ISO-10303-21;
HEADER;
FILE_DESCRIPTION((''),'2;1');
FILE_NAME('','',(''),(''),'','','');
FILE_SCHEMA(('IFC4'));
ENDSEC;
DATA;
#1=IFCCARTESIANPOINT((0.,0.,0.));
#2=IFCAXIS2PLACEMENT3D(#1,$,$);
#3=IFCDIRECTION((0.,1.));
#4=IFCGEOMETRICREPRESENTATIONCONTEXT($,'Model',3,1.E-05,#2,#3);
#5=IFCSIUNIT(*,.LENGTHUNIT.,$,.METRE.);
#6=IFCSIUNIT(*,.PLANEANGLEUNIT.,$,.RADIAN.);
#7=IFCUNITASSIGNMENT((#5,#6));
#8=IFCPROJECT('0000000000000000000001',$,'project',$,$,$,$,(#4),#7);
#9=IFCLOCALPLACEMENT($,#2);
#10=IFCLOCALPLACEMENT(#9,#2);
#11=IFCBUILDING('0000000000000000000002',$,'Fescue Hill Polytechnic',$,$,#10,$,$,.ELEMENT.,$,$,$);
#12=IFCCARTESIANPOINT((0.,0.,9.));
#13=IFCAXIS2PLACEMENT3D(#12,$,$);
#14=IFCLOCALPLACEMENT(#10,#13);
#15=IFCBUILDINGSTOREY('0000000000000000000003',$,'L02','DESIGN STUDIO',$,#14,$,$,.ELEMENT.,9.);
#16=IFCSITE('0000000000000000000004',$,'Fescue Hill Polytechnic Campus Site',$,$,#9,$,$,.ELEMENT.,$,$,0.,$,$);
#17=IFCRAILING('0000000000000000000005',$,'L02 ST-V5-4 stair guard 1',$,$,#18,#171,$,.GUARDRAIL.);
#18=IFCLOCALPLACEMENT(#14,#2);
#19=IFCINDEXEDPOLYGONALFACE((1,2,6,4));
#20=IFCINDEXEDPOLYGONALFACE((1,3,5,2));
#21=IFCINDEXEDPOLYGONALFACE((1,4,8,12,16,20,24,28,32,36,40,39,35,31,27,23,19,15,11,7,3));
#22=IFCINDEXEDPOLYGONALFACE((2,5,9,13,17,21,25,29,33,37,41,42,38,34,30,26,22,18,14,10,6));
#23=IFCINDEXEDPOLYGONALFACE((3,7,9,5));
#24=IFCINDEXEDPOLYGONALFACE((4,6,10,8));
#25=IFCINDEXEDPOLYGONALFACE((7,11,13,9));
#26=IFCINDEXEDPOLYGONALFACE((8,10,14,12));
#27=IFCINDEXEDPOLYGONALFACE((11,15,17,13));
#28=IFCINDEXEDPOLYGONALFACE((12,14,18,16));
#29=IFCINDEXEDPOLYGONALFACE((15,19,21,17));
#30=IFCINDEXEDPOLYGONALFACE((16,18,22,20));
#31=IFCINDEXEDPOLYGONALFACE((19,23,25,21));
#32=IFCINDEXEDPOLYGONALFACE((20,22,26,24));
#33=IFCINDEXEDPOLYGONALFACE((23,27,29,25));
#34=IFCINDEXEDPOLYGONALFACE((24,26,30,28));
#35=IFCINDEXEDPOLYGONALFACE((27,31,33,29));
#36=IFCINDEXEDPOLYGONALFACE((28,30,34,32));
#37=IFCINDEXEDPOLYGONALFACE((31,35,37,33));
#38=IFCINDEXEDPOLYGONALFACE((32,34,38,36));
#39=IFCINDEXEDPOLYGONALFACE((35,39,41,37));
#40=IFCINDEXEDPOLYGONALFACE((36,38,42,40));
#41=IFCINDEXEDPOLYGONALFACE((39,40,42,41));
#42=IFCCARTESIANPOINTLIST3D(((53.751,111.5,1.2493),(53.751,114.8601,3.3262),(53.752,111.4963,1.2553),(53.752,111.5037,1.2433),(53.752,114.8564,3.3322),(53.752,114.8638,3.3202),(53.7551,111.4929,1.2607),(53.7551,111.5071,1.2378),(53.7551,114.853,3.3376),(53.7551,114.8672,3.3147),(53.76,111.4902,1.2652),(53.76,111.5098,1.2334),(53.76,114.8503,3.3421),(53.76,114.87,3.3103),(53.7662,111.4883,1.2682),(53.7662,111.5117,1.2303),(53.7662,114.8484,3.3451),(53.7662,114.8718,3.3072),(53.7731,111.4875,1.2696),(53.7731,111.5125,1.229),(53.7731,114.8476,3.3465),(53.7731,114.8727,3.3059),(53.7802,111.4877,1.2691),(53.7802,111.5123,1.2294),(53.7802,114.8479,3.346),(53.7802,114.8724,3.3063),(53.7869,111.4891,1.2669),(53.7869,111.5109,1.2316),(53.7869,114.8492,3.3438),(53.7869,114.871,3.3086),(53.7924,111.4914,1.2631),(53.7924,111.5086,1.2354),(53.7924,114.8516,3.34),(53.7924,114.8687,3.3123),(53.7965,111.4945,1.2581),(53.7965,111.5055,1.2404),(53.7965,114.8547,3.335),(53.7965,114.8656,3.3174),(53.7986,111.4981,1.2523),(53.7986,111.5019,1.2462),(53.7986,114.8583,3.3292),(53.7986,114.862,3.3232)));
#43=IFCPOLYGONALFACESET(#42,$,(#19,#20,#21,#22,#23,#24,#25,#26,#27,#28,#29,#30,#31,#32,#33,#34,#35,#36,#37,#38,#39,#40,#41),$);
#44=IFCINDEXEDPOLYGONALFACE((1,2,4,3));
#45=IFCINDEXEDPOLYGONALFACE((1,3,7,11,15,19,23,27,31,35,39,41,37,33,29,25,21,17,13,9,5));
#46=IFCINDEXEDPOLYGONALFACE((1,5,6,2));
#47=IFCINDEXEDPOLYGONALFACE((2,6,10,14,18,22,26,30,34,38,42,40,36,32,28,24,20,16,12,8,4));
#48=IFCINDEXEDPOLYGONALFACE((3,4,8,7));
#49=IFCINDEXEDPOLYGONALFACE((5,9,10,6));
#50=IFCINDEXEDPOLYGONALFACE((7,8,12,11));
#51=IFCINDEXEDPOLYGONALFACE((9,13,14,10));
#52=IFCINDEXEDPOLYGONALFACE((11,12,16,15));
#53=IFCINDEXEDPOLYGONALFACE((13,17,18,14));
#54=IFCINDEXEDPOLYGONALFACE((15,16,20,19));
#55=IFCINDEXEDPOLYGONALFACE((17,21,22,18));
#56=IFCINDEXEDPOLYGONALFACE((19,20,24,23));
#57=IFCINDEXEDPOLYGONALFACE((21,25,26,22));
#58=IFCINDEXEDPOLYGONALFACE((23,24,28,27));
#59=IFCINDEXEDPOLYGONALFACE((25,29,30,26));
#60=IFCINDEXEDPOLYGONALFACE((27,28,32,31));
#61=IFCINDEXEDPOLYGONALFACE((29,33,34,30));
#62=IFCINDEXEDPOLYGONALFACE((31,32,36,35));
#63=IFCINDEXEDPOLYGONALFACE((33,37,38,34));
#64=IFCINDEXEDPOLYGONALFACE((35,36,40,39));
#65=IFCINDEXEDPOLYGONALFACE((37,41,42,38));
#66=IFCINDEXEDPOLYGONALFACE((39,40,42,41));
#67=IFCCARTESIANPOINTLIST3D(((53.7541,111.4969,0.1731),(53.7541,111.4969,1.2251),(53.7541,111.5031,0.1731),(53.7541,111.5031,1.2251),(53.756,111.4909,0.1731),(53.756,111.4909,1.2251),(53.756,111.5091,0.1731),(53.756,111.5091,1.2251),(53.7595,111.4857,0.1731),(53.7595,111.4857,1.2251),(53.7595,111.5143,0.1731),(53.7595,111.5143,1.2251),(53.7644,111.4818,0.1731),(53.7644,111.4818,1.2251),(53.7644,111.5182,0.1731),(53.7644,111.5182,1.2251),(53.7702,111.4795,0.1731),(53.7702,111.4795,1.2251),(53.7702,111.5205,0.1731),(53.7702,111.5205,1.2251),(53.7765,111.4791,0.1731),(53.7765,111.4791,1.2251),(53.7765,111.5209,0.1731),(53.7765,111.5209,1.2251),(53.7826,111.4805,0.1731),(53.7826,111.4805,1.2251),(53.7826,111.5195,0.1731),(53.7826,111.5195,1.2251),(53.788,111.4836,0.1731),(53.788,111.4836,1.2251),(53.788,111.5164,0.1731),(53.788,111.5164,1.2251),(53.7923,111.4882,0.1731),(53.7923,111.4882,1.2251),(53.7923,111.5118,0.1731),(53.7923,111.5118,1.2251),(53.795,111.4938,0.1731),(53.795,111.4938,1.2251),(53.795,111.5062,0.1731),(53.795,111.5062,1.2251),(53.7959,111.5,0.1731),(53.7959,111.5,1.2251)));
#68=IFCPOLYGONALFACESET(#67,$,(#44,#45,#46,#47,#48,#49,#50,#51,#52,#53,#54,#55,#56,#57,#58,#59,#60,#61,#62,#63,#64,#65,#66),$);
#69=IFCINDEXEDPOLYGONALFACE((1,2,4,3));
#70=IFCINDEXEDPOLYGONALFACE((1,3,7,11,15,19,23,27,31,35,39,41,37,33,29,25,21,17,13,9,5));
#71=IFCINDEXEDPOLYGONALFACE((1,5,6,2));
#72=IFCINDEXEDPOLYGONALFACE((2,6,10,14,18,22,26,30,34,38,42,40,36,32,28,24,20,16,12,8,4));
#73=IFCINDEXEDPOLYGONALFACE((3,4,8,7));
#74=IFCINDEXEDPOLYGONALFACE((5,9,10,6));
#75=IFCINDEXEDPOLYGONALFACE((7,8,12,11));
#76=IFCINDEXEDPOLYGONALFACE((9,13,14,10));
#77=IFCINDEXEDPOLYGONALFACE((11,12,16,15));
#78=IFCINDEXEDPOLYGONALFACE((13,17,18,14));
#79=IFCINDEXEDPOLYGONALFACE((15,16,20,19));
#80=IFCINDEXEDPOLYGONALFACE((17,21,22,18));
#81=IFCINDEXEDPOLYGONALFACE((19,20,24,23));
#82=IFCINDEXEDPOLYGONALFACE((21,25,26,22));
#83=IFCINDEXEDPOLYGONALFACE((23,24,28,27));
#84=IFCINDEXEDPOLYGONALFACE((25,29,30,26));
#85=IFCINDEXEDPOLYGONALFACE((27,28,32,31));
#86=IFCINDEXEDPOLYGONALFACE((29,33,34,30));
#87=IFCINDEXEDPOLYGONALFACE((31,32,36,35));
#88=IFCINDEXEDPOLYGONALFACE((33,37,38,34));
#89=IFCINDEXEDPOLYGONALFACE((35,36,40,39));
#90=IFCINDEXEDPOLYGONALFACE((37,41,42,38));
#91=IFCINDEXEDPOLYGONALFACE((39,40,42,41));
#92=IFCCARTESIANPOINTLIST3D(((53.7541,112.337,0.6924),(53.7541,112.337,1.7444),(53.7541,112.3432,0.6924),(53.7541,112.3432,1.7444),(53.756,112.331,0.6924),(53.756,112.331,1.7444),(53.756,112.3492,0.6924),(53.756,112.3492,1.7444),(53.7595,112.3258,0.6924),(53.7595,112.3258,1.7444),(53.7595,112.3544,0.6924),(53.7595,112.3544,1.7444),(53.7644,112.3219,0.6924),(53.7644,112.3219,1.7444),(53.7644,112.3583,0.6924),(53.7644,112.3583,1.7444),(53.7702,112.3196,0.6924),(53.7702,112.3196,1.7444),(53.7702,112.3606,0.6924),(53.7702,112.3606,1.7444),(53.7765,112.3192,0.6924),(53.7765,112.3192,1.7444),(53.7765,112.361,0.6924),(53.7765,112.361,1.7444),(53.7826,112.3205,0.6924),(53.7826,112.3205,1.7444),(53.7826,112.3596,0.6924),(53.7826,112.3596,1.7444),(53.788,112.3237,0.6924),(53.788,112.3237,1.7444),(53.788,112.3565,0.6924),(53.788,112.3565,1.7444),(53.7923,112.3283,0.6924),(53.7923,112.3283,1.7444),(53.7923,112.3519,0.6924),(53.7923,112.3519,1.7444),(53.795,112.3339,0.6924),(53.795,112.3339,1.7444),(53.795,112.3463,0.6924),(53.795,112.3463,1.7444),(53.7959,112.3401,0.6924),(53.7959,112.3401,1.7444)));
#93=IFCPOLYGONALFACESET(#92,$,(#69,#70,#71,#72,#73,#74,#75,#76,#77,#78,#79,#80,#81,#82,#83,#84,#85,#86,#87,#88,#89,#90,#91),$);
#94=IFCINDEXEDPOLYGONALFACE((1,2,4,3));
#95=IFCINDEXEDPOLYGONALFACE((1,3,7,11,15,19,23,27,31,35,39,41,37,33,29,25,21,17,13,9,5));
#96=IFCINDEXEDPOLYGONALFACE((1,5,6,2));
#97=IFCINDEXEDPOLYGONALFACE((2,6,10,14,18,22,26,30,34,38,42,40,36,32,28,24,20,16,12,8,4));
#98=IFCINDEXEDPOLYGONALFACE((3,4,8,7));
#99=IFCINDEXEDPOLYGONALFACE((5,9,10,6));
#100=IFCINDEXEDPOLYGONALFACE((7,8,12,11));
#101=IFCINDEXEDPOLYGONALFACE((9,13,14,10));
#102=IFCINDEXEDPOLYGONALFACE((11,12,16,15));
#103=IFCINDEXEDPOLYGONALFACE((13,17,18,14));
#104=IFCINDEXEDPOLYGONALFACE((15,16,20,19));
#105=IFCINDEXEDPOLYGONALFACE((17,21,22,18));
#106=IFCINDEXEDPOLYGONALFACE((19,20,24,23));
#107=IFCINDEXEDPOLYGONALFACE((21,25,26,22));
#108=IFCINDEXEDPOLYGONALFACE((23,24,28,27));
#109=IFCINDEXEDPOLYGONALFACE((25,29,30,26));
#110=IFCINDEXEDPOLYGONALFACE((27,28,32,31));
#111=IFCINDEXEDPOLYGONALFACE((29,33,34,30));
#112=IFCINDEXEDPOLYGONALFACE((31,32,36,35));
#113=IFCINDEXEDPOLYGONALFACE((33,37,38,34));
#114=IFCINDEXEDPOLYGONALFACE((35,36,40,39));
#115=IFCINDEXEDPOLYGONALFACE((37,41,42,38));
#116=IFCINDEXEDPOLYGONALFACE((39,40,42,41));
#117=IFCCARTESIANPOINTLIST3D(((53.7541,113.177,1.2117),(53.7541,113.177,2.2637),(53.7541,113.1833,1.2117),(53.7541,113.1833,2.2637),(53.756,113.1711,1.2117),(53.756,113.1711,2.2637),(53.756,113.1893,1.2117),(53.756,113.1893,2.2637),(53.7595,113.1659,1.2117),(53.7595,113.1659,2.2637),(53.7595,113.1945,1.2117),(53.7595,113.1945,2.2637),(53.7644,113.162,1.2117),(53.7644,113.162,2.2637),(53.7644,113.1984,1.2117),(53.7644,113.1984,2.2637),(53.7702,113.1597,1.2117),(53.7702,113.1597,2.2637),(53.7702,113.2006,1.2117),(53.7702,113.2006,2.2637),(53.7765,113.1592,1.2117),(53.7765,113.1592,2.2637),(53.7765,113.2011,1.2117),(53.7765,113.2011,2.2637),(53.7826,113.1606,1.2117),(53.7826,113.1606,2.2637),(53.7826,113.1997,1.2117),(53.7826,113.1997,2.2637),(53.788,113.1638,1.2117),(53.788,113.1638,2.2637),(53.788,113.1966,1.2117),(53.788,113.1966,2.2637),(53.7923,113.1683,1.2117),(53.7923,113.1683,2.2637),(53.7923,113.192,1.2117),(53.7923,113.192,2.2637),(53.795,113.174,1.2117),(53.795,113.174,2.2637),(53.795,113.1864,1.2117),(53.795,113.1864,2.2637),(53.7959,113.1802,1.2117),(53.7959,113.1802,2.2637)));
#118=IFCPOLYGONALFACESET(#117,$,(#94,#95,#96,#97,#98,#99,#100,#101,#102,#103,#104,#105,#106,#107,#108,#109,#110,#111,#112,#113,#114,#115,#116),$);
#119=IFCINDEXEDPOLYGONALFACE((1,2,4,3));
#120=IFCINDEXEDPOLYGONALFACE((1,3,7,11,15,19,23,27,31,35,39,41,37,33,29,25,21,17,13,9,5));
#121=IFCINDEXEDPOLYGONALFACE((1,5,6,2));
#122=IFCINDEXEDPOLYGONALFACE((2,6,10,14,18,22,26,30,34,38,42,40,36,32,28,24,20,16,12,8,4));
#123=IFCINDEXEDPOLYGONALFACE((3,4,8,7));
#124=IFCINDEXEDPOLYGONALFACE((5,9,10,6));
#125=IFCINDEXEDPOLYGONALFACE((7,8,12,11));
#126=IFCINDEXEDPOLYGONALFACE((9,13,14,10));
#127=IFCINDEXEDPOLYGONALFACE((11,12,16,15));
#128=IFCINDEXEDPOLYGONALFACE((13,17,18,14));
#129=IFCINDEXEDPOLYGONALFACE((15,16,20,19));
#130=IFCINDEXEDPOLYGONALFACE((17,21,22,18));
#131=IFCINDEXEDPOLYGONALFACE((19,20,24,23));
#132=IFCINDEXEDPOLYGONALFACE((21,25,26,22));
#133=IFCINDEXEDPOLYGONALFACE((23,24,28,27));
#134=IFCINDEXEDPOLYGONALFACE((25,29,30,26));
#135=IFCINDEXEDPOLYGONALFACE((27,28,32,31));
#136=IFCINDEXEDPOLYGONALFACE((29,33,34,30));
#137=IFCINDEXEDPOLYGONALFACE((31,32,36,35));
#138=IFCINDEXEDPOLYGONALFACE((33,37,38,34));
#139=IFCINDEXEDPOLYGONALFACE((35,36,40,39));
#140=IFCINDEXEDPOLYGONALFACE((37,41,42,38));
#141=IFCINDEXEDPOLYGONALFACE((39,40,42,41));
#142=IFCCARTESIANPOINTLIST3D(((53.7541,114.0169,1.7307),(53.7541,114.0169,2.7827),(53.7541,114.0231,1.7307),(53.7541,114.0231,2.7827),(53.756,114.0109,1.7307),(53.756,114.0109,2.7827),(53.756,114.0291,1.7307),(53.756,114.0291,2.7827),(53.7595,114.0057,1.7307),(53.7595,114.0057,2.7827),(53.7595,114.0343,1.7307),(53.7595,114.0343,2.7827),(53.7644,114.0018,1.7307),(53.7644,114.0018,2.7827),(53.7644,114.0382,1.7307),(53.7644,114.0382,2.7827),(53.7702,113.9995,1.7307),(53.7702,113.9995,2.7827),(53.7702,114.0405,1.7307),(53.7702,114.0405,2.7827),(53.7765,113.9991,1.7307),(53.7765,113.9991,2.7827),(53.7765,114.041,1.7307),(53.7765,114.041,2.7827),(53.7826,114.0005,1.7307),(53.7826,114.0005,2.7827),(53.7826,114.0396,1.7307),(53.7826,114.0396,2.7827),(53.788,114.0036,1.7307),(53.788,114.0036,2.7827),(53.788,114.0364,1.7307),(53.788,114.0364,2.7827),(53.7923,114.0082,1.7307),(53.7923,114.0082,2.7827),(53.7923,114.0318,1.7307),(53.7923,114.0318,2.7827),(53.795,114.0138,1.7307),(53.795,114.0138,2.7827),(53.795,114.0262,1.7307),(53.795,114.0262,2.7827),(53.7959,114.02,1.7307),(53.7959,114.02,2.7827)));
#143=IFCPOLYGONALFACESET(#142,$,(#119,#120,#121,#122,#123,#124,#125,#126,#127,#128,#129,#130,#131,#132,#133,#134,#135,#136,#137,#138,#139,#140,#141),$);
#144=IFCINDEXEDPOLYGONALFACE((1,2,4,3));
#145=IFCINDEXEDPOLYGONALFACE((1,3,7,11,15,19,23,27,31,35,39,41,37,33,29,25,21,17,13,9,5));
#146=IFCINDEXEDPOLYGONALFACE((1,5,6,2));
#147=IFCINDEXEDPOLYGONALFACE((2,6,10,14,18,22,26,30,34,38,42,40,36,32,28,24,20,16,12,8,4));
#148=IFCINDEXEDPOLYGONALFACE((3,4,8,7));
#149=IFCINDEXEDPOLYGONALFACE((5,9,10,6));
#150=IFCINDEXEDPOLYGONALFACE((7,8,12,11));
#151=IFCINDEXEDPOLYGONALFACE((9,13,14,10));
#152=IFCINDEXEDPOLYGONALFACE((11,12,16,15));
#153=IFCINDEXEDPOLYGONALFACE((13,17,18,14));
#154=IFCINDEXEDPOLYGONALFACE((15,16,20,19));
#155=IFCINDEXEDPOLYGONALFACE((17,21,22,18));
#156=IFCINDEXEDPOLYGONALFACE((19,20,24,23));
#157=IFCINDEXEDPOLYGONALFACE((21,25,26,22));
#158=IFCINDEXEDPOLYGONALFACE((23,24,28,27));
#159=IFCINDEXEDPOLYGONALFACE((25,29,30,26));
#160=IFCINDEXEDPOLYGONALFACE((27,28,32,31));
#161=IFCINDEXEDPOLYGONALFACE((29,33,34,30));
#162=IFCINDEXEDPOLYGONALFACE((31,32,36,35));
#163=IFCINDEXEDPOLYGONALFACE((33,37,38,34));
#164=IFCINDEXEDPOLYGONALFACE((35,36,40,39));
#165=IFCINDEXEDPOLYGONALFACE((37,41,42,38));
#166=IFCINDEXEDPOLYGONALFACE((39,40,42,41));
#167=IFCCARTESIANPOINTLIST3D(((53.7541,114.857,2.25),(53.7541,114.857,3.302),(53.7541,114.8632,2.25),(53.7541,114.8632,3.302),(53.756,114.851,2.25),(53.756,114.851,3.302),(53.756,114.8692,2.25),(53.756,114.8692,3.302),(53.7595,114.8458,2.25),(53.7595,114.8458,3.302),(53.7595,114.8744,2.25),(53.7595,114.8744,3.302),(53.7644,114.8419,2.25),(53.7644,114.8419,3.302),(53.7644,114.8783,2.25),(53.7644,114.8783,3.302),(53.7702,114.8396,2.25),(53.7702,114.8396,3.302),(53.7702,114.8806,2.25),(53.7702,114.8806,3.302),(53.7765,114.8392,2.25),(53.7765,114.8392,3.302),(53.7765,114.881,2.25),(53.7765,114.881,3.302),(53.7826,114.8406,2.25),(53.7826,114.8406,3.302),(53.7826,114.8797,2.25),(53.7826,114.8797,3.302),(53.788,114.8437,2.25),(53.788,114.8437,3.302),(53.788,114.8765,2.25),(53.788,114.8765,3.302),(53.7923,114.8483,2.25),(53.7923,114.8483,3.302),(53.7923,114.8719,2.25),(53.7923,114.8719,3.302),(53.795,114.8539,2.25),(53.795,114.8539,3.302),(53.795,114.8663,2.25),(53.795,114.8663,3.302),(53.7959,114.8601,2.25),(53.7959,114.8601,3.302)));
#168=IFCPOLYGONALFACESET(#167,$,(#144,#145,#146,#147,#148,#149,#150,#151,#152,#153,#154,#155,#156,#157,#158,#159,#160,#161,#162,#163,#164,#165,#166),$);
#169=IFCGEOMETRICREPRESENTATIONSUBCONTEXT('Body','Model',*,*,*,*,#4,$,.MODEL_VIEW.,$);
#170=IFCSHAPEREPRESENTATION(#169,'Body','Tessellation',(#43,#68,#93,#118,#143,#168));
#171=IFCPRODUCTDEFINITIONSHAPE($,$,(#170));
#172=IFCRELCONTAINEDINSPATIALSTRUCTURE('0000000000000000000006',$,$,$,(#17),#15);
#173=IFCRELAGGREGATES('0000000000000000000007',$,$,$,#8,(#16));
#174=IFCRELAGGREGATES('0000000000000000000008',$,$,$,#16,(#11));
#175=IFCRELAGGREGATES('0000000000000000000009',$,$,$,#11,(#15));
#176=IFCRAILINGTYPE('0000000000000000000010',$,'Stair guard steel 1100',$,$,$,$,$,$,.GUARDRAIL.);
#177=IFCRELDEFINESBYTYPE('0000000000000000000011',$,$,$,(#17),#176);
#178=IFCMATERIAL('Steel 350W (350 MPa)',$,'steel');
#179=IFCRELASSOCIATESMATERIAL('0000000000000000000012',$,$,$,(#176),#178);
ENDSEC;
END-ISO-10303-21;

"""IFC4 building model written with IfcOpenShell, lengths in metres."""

from ifc_helpers import new_model, si_unit, direction, frame, origin, origin_2d, place, context, subcontext, project, spatial, circle, extrude, material, type_object, element, save


model = new_model("IFC4")

# Units and contexts
model_context = context("Model", 3, precision=1e-05, world=origin(), true_north=direction((0.0, 1.0)))
body_context = subcontext(model_context, "Body", "Model", "MODEL_VIEW")
ifc_project = project(units=[si_unit("LENGTHUNIT", "METRE"), si_unit("PLANEANGLEUNIT", "RADIAN")], contexts=[model_context])

# Site, building, storey
site_placement = place(None, origin())
site = spatial("IfcSite", under=ifc_project, at=site_placement, Name="Fescue Hill Polytechnic Campus Site", CompositionType="ELEMENT", RefElevation=0.0)
building_placement = place(site_placement, origin())
building = spatial("IfcBuilding", under=site, at=building_placement, Name="Fescue Hill Polytechnic", CompositionType="ELEMENT")
storey_placement = place(building_placement, frame((0.0, 0.0, 9.0)))
storey = spatial("IfcBuildingStorey", under=building, at=storey_placement, Name="L02", Description="DESIGN STUDIO", CompositionType="ELEMENT", Elevation=9.0)

# Railing
ifc_material_1 = material(Name="Steel 350W (350 MPa)", Category="steel")
railing_type_1 = type_object("IfcRailingType", Name="Stair guard steel 1100", PredefinedType="GUARDRAIL", material=ifc_material_1)
railing_1_placement = place(storey_placement, frame((53.7749, 111.5, 0.1731)))
element("IfcRailing", 1, at=railing_1_placement, inside=storey, type_object=railing_type_1, Name="L02 ST-V5-4 stair guard 1", PredefinedType="GUARDRAIL", context=body_context, shape_type="SweptSolid", body=[
    extrude(circle(Radius=0.0239, at=origin_2d()), frame((0.0, 0.0, 1.0762), z_axis=(0.0, 0.850623, 0.525776), x_axis=(-1.0, 0.0, 0.0)), (0.0, 0.0, 1.0), 3.9502),
    extrude(circle(Radius=0.021, at=origin_2d()), origin(), (0.0, 0.0, 1.0), 1.052),
    extrude(circle(Radius=0.021, at=origin_2d()), frame((0.0, 0.8401, 0.5193)), (0.0, 0.0, 1.0), 1.052),
    extrude(circle(Radius=0.021, at=origin_2d()), frame((0.0, 1.6802, 1.0386)), (0.0, 0.0, 1.0), 1.052),
    extrude(circle(Radius=0.021, at=origin_2d()), frame((0.0, 2.52, 1.5576)), (0.0, 0.0, 1.0), 1.052),
    extrude(circle(Radius=0.021, at=origin_2d()), frame((0.0, 3.3601, 2.0769)), (0.0, 0.0, 1.0), 1.052),
])

save(model, "model.ifc")
